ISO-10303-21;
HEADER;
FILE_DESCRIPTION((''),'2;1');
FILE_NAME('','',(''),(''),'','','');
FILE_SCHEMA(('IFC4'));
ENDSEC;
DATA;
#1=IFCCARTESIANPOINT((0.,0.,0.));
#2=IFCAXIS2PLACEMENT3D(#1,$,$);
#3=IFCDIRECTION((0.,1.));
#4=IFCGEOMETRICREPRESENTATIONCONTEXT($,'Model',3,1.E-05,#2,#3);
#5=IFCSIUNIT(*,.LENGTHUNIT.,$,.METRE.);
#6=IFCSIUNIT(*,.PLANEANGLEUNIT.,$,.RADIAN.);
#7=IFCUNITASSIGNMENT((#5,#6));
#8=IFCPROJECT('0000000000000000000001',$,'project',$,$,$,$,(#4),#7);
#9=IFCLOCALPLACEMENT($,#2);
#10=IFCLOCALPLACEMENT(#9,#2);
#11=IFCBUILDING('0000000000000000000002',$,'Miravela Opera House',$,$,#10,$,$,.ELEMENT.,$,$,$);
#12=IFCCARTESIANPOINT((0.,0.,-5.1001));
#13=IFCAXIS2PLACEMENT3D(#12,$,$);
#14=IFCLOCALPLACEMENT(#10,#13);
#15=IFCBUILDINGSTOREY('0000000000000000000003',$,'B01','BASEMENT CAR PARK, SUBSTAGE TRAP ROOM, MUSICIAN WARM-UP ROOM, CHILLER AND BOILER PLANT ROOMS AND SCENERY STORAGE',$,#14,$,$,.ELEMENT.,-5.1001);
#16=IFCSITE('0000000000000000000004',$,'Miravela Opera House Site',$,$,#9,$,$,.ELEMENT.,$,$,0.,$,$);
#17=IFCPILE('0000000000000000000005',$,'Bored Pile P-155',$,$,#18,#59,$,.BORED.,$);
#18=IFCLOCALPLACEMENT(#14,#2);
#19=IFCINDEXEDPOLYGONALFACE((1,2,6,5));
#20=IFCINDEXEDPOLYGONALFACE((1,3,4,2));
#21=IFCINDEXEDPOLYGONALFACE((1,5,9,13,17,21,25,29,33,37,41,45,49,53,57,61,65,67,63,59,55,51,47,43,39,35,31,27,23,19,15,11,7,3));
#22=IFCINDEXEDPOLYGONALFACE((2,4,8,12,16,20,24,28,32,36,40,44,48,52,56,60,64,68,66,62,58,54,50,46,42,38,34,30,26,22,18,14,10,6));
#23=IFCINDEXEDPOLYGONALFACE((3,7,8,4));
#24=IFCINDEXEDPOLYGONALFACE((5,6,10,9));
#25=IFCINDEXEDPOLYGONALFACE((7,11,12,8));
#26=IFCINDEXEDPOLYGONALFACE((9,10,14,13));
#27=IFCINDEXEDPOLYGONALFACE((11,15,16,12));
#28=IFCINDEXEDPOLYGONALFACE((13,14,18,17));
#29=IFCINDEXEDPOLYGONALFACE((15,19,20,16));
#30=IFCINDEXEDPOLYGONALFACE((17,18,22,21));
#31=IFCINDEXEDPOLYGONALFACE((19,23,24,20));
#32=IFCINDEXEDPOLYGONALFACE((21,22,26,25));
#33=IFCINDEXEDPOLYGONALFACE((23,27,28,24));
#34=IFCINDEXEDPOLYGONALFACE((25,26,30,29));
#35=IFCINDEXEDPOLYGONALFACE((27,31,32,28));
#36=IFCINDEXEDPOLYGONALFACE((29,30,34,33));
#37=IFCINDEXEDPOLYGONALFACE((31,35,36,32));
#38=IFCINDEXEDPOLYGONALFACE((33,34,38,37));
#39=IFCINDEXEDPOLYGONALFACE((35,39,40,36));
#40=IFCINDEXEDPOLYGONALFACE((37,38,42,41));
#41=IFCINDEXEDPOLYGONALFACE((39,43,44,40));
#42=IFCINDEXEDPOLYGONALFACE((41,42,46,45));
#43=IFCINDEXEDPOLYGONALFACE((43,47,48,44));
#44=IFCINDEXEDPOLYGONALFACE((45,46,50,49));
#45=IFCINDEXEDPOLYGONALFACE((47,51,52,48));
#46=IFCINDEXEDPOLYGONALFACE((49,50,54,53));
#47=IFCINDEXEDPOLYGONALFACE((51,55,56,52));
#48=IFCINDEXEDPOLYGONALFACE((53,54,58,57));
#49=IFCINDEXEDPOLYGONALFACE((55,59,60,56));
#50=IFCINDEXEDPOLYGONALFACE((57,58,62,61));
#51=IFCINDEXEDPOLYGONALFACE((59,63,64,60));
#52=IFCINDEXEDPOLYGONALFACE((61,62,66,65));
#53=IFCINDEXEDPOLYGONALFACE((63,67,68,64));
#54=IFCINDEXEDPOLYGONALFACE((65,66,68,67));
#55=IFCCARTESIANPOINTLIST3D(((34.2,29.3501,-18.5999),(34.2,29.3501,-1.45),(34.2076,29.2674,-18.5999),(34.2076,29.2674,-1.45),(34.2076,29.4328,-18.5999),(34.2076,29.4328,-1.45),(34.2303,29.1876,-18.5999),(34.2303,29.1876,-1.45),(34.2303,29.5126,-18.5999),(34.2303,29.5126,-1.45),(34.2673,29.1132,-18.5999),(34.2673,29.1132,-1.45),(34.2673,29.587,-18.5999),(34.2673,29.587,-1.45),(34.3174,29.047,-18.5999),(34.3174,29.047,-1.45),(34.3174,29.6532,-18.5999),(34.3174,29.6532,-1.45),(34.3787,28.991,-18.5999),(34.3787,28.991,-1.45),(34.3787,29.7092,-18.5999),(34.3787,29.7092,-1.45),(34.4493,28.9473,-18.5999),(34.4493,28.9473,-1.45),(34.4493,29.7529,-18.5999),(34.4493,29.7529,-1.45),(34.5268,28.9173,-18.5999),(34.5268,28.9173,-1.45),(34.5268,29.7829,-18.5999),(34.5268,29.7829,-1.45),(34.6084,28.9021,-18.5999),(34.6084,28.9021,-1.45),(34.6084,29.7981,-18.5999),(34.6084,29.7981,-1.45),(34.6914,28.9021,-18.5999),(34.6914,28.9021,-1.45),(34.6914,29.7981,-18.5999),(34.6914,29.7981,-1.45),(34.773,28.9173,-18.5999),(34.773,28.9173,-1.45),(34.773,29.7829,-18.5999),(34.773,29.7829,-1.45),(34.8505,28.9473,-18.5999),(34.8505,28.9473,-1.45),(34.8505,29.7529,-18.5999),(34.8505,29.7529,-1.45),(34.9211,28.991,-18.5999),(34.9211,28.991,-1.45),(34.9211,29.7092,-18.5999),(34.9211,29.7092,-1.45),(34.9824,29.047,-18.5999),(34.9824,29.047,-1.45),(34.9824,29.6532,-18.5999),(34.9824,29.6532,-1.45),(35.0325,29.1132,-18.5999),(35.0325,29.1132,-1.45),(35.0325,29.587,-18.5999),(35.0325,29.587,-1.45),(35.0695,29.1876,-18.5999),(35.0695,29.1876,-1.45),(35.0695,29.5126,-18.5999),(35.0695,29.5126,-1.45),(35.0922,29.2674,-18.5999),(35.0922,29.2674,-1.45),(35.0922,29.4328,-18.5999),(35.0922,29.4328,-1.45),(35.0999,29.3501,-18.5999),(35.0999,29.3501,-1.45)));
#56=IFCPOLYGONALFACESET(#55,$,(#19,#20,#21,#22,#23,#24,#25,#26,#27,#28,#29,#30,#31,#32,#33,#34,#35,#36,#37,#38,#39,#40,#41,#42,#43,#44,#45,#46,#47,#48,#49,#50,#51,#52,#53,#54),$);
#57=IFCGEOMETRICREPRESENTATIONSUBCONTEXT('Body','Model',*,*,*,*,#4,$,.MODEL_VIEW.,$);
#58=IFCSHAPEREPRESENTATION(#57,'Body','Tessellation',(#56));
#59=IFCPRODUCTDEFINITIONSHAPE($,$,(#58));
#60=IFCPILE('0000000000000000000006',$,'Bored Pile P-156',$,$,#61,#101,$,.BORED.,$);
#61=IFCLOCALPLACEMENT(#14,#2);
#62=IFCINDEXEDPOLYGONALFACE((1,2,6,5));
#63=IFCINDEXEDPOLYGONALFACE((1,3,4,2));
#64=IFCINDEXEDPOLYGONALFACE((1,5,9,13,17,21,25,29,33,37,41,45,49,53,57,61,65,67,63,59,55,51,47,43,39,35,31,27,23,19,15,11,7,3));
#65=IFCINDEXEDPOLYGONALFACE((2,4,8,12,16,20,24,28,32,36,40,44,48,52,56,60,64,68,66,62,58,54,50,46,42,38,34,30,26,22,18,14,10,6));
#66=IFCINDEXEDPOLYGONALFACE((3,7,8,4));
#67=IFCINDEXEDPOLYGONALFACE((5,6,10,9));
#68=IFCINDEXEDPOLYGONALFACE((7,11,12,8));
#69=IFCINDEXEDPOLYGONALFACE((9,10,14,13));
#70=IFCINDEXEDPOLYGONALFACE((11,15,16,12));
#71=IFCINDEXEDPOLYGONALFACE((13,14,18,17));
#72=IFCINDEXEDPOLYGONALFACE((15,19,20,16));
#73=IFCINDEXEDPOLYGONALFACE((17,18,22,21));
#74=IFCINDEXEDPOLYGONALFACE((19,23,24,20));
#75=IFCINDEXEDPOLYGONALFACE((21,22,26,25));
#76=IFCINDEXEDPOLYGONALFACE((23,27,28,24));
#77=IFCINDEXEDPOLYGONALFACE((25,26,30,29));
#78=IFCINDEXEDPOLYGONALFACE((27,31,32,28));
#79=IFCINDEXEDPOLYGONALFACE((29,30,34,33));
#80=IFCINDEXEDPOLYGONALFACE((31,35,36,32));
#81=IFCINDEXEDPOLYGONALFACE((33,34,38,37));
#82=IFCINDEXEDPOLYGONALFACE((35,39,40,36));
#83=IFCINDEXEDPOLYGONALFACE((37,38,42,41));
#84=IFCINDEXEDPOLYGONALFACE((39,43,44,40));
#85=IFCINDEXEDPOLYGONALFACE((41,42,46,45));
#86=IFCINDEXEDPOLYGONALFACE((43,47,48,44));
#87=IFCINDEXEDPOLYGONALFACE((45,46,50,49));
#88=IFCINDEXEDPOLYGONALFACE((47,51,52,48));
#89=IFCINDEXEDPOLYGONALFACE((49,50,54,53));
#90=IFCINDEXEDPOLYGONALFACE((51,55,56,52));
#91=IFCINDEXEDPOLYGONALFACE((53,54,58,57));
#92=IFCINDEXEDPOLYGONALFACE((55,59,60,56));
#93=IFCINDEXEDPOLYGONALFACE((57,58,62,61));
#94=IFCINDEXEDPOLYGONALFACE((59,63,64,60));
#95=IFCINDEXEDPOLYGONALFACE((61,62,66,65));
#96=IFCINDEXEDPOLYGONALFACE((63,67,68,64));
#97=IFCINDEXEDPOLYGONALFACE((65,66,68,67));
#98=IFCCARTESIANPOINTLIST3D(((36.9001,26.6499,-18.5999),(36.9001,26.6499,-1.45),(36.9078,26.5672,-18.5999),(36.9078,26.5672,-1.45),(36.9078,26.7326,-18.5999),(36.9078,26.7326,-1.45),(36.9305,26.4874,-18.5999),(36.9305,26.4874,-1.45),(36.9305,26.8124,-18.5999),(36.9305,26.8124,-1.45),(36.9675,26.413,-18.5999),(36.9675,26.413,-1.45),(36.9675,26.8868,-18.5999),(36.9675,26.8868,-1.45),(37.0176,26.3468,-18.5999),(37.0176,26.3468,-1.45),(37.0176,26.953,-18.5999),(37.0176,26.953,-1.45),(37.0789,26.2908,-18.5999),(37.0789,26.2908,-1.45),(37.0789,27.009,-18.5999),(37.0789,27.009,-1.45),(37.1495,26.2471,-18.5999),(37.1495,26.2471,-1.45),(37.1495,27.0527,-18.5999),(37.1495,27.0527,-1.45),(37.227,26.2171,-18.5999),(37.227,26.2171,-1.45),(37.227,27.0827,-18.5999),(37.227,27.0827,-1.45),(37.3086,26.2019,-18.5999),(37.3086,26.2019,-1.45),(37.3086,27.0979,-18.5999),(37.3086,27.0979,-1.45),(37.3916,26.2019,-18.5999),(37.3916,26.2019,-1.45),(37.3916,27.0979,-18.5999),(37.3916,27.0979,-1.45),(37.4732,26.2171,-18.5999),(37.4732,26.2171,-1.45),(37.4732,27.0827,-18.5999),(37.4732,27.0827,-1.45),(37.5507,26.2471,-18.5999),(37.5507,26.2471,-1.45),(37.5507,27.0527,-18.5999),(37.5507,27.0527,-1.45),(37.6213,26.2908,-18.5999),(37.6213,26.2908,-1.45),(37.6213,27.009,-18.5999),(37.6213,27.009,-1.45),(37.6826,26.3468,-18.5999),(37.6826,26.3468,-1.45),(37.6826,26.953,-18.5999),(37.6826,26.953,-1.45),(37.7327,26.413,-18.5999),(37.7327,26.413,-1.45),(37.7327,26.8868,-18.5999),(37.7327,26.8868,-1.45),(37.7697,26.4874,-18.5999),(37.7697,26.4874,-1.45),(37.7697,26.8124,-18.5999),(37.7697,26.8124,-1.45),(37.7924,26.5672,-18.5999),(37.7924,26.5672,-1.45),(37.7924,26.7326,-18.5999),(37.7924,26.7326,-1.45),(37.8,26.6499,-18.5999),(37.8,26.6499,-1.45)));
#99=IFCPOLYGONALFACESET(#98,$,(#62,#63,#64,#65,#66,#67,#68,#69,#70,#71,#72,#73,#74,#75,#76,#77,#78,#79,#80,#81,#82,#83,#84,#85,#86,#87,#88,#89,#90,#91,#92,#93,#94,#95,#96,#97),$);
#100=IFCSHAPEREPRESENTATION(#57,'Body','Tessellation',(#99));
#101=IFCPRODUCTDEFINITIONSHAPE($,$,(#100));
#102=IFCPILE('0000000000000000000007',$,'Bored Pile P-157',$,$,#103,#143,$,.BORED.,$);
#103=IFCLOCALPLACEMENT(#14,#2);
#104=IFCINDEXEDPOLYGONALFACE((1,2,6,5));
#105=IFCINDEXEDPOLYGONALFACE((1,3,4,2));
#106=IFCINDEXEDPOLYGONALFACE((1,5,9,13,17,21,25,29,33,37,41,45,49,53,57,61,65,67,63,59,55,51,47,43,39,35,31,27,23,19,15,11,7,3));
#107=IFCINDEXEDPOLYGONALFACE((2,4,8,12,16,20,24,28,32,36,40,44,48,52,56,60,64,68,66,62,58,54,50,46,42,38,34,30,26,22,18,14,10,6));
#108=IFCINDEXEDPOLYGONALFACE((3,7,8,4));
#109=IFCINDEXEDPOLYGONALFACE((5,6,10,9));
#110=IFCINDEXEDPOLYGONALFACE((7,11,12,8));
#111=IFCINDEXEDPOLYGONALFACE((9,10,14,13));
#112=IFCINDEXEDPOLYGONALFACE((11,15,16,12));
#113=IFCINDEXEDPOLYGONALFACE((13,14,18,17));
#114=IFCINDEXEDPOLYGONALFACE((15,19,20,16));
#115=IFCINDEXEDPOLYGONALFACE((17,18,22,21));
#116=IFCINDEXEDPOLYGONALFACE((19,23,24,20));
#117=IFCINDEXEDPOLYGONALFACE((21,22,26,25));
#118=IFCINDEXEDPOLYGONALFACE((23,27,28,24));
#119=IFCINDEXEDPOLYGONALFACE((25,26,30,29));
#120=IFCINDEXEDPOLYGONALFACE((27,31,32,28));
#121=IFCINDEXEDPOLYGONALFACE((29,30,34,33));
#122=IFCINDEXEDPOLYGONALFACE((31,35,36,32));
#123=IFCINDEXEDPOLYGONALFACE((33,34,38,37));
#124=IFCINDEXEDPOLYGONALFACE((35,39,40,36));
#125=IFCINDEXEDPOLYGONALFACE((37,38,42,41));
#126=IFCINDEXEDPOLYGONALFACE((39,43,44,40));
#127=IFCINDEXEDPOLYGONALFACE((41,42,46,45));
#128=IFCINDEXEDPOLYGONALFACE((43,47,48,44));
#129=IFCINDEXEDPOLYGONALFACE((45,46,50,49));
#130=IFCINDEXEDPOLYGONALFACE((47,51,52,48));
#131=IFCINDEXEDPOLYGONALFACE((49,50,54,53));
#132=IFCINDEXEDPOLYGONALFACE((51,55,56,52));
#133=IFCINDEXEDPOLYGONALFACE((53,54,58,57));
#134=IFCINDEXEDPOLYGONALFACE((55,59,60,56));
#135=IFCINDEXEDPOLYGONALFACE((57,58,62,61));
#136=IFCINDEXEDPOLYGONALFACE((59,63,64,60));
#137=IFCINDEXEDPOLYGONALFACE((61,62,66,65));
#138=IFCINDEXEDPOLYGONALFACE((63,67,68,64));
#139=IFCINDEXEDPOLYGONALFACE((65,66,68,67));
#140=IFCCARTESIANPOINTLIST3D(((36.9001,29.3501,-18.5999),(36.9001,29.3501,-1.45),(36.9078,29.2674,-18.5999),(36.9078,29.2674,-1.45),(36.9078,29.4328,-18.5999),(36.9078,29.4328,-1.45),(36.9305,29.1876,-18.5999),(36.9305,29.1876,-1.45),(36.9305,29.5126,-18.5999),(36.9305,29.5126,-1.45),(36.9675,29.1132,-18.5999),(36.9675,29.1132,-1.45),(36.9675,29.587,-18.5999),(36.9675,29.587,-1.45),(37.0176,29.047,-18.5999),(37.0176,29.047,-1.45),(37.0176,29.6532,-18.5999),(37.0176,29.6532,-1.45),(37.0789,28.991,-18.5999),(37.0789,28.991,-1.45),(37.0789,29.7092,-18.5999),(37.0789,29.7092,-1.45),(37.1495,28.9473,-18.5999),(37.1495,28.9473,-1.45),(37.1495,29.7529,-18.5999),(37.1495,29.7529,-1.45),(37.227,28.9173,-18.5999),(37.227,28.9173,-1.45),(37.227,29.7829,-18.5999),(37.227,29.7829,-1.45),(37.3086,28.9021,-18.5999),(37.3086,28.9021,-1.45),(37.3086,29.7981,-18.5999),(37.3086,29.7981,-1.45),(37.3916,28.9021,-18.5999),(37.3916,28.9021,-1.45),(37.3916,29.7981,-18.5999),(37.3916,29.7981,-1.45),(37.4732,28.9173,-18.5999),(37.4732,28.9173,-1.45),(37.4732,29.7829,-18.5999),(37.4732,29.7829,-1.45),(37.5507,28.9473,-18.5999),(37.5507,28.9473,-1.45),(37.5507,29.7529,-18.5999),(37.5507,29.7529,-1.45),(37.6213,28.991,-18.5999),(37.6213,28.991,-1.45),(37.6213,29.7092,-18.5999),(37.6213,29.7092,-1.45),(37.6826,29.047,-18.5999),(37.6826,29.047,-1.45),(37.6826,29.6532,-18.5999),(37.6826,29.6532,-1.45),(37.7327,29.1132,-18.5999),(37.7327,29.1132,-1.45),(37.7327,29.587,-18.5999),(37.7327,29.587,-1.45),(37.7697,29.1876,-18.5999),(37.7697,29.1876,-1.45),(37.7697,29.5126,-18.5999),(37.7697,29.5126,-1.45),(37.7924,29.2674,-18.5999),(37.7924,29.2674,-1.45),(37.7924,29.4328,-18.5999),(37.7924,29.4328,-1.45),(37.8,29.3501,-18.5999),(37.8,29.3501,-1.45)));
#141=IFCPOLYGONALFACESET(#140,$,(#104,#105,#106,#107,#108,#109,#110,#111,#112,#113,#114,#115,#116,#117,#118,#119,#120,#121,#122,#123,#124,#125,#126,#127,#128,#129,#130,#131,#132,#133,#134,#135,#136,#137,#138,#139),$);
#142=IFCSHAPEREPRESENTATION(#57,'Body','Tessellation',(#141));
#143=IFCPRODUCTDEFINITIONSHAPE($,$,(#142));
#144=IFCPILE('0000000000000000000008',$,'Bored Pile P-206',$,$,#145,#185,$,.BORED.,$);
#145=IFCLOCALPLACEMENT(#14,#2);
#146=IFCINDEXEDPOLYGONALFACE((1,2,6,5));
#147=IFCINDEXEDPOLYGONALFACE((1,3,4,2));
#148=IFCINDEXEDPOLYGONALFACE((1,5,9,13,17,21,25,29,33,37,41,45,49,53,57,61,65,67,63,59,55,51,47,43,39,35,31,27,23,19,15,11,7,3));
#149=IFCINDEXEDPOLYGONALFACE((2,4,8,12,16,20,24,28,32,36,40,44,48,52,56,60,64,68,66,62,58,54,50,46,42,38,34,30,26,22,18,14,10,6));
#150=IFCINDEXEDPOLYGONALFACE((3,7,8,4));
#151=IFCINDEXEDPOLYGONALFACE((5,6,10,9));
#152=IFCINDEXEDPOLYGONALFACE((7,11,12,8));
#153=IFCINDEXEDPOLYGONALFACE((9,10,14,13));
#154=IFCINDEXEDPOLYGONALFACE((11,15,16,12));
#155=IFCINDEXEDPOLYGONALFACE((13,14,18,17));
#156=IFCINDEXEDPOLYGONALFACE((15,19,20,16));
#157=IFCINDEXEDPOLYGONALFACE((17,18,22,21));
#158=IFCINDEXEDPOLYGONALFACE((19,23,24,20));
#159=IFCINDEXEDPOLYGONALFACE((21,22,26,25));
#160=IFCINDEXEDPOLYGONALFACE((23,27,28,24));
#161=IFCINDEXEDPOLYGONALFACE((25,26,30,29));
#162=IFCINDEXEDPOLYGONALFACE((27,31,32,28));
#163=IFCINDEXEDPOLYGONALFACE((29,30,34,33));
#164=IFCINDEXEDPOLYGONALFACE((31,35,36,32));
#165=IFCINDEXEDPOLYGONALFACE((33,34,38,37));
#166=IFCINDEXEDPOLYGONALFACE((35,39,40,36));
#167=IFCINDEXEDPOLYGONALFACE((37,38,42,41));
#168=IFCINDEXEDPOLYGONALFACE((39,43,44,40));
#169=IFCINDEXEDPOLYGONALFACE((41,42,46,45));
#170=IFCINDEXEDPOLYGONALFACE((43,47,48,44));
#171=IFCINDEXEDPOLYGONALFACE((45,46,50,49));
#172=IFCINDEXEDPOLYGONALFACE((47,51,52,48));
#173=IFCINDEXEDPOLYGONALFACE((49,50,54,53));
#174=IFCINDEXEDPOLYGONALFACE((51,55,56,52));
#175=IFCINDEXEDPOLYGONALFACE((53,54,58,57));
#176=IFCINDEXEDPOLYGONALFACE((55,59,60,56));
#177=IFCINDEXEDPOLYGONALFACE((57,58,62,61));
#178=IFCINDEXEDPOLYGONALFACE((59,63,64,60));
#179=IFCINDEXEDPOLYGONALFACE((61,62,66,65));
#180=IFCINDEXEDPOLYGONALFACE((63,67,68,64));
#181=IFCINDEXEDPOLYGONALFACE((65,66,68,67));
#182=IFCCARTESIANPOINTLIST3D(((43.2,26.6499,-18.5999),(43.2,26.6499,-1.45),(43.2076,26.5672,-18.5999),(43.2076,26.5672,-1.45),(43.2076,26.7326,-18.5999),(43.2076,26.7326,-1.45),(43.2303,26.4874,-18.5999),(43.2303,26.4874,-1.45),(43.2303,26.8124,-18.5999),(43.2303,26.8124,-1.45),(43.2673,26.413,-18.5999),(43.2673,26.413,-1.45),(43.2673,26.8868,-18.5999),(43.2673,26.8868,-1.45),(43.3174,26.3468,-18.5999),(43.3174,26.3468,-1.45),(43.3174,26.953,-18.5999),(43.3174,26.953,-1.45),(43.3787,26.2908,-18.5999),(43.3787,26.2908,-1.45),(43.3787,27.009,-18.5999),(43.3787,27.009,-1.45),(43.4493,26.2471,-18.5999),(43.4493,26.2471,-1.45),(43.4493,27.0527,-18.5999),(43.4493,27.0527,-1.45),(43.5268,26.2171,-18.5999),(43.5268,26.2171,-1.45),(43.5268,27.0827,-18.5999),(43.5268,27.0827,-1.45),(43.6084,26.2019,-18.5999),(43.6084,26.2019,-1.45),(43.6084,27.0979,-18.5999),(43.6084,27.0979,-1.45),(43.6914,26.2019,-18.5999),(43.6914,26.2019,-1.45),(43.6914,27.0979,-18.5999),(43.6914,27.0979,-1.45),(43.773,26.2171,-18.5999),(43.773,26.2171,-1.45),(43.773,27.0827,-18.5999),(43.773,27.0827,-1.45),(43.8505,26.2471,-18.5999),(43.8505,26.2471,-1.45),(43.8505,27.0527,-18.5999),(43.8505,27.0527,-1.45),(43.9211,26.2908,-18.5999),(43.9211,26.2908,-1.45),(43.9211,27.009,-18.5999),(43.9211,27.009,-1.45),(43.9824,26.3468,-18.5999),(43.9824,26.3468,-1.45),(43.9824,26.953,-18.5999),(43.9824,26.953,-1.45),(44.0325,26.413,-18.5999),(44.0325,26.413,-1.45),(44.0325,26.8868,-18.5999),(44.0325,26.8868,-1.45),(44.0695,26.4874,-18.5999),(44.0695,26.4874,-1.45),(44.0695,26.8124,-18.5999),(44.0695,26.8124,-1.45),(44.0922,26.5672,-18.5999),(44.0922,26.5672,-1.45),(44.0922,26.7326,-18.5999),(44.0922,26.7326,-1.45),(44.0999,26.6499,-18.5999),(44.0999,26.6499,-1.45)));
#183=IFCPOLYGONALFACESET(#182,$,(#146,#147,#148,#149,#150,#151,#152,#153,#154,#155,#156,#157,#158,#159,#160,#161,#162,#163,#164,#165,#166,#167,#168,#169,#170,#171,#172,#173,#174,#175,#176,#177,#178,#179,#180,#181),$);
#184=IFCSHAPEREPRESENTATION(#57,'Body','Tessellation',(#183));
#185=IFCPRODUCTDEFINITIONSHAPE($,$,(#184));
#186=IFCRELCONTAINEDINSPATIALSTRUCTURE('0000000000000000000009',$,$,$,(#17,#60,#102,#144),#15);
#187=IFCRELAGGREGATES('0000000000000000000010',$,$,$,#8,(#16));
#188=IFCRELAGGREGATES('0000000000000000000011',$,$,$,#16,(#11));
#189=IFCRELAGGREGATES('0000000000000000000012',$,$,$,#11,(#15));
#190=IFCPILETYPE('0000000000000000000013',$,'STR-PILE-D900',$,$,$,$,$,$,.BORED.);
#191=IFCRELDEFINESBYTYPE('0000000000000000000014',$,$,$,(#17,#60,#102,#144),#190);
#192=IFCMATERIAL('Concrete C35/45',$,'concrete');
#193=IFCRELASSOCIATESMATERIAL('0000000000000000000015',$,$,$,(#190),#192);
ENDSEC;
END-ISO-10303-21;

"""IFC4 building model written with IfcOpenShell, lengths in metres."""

from ifc_helpers import new_model, si_unit, direction, frame, origin, origin_2d, place, context, subcontext, project, spatial, circle, extrude, material, material_profile, profile_set, type_object, element, save


model = new_model("IFC4")

# Units and contexts
model_context = context("Model", 3, precision=1e-05, world=origin(), true_north=direction((0.0, 1.0)))
body_context = subcontext(model_context, "Body", "Model", "MODEL_VIEW")
ifc_project = project(units=[si_unit("LENGTHUNIT", "METRE"), si_unit("PLANEANGLEUNIT", "RADIAN")], contexts=[model_context])

# Site, building, storey
site_placement = place(None, origin())
site = spatial("IfcSite", under=ifc_project, at=site_placement, Name="Miravela Opera House Site", CompositionType="ELEMENT", RefElevation=0.0)
building_placement = place(site_placement, origin())
building = spatial("IfcBuilding", under=site, at=building_placement, Name="Miravela Opera House", CompositionType="ELEMENT")
storey_placement = place(building_placement, frame((0.0, 0.0, -5.1001)))
storey = spatial("IfcBuildingStorey", under=building, at=storey_placement, Name="B01", Description="BASEMENT CAR PARK, SUBSTAGE TRAP ROOM, MUSICIAN WARM-UP ROOM, CHILLER AND BOILER PLANT ROOMS AND SCENERY STORAGE", CompositionType="ELEMENT", Elevation=-5.1001)

# Shared definitions
ifc_material_1 = material(Name="Concrete C35/45", Category="concrete")

# Piles
ifc_material_profile_1 = material_profile(ifc_material_1, circle(Radius=0.45, at=origin_2d()), Name="PILE-D900")
ifc_profile_set_1 = profile_set([ifc_material_profile_1])
pile_type_1 = type_object("IfcPileType", Name="STR-PILE-D900", PredefinedType="BORED", material=ifc_profile_set_1)
for number, where, z_axis, x_axis, name in (
    (1, (34.6499, 29.3501, -1.45), (0.0, 0.0, -1.0), (1.0, 0.0, 0.0), "Bored Pile P-155"),
    (2, (37.3501, 26.6499, -1.45), (0.0, 0.0, -1.0), (1.0, 0.0, 0.0), "Bored Pile P-156"),
    (3, (37.3501, 29.3501, -1.45), (0.0, 0.0, -1.0), (1.0, 0.0, 0.0), "Bored Pile P-157"),
    (4, (43.6499, 26.6499, -1.45), (0.0, 0.0, -1.0), (1.0, 0.0, 0.0), "Bored Pile P-206"),
):
    element("IfcPile", number, at=place(storey_placement, frame(where, z_axis=z_axis, x_axis=x_axis)), inside=storey, type_object=pile_type_1, Name=name, PredefinedType="BORED", context=body_context, shape_type="SweptSolid", body=[
        extrude(circle(Radius=0.45, at=origin_2d()), origin(), (0.0, 0.0, 1.0), 17.1499),
    ])

save(model, "model.ifc")
